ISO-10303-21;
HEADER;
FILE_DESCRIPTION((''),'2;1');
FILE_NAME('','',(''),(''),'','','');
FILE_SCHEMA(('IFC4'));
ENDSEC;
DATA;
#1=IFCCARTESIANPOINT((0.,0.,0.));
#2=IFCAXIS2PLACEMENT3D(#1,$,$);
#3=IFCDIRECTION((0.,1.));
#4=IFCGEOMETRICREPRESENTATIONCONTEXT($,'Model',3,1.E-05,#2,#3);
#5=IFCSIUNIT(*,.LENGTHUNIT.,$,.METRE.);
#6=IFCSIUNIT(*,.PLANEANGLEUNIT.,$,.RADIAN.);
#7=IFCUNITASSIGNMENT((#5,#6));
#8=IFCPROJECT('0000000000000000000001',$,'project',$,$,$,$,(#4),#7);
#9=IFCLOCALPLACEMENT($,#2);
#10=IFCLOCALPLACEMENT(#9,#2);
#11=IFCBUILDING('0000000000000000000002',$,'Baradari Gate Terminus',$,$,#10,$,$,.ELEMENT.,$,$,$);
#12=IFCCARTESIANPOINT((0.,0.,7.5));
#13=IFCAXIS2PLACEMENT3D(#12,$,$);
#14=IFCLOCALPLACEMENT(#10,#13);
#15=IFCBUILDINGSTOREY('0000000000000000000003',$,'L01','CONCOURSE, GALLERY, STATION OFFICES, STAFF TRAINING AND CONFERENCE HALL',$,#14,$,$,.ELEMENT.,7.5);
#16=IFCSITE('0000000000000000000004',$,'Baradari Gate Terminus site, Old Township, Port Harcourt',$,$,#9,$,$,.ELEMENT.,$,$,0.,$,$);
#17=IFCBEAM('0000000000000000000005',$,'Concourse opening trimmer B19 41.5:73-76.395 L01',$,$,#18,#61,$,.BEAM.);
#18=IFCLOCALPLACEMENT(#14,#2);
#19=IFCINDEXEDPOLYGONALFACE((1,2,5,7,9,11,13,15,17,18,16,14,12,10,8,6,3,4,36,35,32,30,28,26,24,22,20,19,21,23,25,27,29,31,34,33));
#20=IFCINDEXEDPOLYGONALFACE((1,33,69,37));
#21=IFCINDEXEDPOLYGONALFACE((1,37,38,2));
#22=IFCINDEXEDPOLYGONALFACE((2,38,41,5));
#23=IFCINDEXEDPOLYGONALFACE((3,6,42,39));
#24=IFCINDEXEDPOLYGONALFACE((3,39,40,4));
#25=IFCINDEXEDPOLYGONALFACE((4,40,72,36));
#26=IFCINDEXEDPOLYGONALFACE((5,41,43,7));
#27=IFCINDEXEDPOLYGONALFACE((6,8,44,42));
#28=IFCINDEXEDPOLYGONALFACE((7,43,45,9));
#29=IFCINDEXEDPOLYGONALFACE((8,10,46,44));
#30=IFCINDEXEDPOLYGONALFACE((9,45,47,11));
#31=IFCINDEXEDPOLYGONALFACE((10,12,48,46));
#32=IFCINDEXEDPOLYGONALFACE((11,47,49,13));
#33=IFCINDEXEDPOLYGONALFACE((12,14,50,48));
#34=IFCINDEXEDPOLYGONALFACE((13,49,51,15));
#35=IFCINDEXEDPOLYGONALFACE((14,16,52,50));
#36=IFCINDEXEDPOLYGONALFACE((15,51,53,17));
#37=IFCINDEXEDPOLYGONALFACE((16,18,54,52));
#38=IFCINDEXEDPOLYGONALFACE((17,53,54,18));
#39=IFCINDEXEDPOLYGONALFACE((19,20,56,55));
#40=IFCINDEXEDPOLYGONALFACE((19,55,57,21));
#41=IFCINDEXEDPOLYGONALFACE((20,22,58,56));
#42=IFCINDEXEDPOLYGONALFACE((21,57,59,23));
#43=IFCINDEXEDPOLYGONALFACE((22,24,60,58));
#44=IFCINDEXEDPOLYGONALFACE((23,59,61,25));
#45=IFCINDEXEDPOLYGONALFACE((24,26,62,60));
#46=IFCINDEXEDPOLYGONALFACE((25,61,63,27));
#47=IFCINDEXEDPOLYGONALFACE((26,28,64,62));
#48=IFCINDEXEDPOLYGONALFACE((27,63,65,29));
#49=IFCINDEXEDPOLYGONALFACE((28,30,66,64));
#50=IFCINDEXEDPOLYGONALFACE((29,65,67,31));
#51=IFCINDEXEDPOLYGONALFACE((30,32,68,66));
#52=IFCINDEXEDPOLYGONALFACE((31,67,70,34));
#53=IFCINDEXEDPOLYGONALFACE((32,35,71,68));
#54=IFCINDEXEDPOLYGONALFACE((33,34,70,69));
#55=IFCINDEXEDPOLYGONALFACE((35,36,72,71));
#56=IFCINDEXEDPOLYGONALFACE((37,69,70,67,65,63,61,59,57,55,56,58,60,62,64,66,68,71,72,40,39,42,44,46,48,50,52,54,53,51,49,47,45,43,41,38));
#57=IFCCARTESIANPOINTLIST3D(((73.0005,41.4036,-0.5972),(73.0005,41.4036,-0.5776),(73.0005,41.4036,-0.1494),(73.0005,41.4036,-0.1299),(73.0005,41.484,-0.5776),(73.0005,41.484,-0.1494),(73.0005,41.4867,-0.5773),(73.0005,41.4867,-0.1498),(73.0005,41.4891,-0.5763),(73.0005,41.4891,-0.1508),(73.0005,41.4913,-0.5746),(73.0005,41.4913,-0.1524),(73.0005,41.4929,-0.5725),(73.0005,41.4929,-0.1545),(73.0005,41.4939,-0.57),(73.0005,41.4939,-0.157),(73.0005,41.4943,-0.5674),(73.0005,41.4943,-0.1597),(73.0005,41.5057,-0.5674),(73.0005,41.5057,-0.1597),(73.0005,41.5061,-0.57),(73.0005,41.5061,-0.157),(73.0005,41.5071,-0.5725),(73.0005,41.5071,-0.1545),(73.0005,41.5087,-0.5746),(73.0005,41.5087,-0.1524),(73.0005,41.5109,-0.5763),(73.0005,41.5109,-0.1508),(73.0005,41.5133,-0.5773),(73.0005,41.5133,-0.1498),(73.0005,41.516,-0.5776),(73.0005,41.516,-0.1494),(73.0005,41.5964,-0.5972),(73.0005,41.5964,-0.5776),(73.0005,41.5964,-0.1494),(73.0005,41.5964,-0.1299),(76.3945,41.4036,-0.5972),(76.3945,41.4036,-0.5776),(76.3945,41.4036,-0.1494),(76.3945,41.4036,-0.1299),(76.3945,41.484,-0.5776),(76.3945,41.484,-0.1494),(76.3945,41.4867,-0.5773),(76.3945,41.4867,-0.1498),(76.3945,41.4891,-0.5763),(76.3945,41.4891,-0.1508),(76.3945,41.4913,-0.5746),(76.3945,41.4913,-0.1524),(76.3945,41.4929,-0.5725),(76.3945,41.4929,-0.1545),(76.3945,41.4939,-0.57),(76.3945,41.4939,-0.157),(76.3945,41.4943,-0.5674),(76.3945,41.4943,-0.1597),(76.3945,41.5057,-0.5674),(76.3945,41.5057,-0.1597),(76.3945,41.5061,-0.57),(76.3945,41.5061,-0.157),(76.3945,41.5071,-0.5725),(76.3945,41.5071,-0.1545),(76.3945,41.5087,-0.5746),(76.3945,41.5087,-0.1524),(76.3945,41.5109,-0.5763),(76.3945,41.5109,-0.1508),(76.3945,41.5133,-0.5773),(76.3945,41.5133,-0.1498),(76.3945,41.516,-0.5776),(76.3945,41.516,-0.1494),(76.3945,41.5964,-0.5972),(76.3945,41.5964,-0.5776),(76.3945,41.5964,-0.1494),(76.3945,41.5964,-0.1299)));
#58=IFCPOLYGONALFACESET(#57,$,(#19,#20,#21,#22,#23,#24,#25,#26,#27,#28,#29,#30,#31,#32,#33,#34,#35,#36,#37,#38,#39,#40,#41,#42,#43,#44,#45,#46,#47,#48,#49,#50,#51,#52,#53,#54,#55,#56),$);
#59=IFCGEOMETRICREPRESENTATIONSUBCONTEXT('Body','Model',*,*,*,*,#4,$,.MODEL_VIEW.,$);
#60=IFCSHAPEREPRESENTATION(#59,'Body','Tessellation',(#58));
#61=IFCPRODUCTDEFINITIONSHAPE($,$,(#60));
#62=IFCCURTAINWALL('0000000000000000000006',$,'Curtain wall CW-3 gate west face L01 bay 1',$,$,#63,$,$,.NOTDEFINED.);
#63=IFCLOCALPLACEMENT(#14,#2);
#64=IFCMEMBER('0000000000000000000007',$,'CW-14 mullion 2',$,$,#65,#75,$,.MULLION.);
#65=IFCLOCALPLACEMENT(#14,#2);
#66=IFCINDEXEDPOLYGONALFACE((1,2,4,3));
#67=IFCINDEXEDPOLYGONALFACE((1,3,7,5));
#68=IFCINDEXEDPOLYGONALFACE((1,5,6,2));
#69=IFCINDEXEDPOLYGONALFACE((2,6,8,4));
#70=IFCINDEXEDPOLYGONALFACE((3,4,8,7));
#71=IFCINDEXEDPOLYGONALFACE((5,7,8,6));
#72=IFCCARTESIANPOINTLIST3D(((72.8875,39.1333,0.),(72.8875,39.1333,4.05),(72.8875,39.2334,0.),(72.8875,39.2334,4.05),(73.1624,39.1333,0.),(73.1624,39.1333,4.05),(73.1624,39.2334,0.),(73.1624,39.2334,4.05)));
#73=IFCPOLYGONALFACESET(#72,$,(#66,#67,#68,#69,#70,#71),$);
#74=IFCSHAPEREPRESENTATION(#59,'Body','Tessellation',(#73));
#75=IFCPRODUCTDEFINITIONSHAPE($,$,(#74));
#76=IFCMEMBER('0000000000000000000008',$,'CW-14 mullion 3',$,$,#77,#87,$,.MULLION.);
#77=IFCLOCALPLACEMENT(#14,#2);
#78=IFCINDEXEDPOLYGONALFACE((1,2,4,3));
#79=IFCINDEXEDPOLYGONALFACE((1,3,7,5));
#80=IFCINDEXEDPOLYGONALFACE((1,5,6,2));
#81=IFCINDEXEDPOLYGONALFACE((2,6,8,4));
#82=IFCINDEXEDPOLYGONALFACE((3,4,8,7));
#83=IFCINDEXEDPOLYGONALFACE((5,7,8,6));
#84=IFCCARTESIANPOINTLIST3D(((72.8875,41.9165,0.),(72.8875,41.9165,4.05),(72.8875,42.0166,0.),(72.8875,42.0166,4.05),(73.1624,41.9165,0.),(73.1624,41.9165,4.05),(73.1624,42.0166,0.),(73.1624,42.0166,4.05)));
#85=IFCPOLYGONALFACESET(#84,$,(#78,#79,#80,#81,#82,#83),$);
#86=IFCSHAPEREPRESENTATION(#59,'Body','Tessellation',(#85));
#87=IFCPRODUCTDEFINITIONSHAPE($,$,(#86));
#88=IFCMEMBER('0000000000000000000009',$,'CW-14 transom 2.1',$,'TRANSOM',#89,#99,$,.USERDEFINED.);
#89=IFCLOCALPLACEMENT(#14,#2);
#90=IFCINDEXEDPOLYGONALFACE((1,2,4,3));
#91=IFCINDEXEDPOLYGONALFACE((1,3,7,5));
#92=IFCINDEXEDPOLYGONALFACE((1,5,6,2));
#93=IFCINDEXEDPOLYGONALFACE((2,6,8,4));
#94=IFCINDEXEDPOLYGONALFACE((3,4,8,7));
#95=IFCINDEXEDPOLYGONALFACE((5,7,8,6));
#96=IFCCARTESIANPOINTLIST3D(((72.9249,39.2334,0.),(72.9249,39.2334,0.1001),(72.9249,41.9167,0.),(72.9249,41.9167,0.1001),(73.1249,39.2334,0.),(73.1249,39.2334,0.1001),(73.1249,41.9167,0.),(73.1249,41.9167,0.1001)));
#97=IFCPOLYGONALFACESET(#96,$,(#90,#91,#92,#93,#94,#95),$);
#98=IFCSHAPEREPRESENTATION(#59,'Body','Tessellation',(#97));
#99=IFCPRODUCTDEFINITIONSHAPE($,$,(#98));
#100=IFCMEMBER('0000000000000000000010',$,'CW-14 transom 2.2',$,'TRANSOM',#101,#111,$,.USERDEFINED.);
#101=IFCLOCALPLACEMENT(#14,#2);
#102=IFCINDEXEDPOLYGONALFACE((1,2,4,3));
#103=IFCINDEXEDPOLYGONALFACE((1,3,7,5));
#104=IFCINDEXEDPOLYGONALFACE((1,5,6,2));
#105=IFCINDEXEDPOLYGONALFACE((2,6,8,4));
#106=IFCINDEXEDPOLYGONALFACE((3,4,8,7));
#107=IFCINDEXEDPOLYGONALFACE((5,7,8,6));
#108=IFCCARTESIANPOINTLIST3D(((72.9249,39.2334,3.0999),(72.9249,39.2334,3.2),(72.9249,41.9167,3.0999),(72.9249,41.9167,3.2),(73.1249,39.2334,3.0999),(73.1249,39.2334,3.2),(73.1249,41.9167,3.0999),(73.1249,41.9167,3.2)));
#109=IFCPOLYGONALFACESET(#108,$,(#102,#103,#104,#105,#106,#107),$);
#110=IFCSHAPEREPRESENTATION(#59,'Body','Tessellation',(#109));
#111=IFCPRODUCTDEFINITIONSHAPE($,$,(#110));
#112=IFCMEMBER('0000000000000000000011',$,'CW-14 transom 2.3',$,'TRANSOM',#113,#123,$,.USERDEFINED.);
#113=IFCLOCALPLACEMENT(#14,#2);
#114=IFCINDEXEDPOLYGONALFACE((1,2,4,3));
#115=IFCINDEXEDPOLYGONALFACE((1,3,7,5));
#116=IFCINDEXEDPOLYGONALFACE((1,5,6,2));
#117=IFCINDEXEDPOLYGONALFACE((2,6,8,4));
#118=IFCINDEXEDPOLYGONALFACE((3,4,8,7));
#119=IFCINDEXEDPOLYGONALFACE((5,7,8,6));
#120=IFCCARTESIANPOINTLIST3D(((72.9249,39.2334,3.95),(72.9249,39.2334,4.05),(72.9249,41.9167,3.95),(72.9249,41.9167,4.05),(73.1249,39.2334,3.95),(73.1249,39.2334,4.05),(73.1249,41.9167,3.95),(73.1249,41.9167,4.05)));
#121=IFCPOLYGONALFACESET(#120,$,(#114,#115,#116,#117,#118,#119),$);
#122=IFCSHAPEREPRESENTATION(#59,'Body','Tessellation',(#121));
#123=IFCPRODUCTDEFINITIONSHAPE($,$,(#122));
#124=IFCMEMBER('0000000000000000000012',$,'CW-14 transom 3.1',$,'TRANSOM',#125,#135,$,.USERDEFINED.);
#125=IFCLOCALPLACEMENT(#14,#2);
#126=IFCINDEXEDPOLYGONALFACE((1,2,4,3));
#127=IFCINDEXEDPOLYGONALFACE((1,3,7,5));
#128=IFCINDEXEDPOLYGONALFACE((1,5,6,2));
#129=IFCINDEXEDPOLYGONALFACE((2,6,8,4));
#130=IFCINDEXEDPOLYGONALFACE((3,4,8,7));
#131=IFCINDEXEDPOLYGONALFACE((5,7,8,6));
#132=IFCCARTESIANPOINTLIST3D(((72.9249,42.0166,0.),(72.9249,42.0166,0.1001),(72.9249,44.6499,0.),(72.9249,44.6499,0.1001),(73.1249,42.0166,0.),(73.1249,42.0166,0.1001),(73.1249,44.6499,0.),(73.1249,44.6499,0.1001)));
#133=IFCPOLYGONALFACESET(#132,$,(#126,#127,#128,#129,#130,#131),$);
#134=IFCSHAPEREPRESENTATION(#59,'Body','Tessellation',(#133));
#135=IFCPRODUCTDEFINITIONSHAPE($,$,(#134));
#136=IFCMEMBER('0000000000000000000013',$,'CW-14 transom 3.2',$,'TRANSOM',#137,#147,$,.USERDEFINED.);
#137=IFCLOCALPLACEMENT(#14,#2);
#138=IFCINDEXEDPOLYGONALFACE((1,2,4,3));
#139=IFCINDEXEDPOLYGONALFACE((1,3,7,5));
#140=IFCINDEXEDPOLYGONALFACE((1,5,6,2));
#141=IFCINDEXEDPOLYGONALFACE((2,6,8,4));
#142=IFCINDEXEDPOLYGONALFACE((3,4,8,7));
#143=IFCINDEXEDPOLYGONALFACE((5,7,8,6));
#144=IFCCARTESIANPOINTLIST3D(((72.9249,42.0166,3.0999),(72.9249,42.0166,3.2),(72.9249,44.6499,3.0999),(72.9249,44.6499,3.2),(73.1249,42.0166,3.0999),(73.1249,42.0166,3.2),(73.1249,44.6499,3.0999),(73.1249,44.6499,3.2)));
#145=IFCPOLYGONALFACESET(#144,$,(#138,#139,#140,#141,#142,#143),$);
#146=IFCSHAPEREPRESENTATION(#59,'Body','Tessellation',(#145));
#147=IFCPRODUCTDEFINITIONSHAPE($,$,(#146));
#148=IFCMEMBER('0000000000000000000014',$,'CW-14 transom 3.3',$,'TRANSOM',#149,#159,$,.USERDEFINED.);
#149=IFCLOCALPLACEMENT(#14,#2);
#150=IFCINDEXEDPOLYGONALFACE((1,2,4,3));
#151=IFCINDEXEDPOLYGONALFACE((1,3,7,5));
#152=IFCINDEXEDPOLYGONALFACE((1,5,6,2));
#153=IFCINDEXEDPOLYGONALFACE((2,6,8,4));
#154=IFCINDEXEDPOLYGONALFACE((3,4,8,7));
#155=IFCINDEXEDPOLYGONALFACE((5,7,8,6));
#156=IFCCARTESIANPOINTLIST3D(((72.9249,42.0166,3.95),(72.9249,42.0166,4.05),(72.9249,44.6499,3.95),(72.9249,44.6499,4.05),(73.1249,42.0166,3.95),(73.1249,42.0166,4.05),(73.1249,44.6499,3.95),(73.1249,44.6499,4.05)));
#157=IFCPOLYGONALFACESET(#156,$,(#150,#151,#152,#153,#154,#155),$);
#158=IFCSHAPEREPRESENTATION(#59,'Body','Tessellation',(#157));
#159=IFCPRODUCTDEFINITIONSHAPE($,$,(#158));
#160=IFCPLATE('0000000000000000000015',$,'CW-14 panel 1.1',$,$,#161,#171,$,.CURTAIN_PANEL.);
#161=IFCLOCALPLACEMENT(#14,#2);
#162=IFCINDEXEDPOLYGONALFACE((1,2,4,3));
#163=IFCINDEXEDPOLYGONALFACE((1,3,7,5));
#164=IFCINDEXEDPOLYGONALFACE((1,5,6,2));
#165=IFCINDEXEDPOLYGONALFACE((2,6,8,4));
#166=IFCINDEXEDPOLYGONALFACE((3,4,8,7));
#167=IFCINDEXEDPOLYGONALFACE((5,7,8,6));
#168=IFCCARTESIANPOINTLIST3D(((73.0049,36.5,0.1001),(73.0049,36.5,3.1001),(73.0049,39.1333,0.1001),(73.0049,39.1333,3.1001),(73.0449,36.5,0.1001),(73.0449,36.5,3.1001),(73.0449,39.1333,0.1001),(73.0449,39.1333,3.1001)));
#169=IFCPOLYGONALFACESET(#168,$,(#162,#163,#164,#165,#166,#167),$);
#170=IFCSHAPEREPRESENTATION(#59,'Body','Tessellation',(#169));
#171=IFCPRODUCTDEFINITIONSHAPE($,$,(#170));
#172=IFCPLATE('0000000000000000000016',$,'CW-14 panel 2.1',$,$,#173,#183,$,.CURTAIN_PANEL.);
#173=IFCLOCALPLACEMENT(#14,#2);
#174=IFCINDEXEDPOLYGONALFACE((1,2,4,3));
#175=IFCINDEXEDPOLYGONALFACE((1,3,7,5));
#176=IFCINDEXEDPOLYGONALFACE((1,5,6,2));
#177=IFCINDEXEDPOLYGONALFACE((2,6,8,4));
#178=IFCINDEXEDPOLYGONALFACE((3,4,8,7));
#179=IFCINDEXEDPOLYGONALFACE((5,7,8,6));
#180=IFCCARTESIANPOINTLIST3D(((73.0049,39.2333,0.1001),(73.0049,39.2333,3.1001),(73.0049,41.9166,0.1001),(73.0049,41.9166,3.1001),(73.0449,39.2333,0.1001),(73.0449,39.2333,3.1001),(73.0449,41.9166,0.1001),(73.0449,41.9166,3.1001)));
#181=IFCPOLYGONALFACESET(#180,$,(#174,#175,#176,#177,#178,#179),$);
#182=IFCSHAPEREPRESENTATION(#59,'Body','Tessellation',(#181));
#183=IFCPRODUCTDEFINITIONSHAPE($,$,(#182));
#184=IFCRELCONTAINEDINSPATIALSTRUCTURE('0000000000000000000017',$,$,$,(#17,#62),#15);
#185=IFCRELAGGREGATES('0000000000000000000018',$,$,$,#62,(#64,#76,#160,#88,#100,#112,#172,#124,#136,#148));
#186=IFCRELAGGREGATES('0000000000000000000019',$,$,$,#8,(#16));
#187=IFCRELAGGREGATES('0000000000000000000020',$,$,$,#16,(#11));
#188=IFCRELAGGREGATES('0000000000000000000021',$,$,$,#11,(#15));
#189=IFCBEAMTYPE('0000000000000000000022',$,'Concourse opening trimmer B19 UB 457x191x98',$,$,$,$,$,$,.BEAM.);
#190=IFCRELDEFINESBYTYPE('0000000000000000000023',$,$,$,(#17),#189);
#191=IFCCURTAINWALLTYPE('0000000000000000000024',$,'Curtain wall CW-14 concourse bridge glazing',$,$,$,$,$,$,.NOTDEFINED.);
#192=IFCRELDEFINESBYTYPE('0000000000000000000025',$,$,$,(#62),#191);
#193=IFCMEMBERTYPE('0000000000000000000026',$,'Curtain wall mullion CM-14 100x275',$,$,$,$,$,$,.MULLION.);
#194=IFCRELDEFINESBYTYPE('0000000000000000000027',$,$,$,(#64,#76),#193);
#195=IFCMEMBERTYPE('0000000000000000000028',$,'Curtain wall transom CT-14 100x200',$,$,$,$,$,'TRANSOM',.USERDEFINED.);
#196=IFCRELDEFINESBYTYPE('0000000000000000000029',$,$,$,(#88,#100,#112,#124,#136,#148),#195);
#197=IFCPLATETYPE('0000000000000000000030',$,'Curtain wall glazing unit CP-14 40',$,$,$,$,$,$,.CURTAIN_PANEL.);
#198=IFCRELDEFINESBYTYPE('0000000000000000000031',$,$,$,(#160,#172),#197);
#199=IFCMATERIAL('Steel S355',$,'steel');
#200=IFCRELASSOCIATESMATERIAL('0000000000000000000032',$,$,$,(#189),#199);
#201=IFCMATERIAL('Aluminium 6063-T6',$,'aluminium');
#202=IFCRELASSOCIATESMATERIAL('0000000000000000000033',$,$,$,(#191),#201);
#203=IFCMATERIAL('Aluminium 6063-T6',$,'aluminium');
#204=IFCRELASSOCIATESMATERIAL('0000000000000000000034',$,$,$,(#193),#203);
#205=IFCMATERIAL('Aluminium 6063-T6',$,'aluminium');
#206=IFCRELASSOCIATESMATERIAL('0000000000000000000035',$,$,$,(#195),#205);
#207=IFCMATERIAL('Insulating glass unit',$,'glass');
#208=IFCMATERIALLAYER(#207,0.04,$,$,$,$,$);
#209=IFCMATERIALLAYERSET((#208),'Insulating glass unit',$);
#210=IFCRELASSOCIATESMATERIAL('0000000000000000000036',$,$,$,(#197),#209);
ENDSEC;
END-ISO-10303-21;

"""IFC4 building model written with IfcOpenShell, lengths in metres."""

from ifc_helpers import new_model, si_unit, direction, frame, origin, origin_2d, place, context, subcontext, project, spatial, rectangle, i_section, extrude, material, layer, layer_set, material_profile, profile_set, type_object, element, aggregate, save


model = new_model("IFC4")

# Units and contexts
model_context = context("Model", 3, precision=1e-05, world=origin(), true_north=direction((0.0, 1.0)))
body_context = subcontext(model_context, "Body", "Model", "MODEL_VIEW")
ifc_project = project(units=[si_unit("LENGTHUNIT", "METRE"), si_unit("PLANEANGLEUNIT", "RADIAN")], contexts=[model_context])

# Site, building, storey
site_placement = place(None, origin())
site = spatial("IfcSite", under=ifc_project, at=site_placement, Name="Baradari Gate Terminus site, Old Township, Port Harcourt", CompositionType="ELEMENT", RefElevation=0.0)
building_placement = place(site_placement, origin())
building = spatial("IfcBuilding", under=site, at=building_placement, Name="Baradari Gate Terminus", CompositionType="ELEMENT")
storey_placement = place(building_placement, frame((0.0, 0.0, 7.5)))
storey = spatial("IfcBuildingStorey", under=building, at=storey_placement, Name="L01", Description="CONCOURSE, GALLERY, STATION OFFICES, STAFF TRAINING AND CONFERENCE HALL", CompositionType="ELEMENT", Elevation=7.5)

# Beam
ifc_material_1 = material(Name="Steel S355", Category="steel")
ifc_material_profile_1 = material_profile(ifc_material_1, i_section(OverallWidth=0.1929, OverallDepth=0.4673, WebThickness=0.0115, FlangeThickness=0.0195, FilletRadius=0.0103, at=origin_2d()), Name="UB 457x191x98")
ifc_profile_set_1 = profile_set([ifc_material_profile_1], Name="Steel S355")
beam_type = type_object("IfcBeamType", Name="Concourse opening trimmer B19 UB 457x191x98", PredefinedType="BEAM", material=ifc_profile_set_1)
beam_placement = place(storey_placement, frame((73.0005, 41.5, -0.3635), z_axis=(1.0, 0.0, 0.0), x_axis=(0.0, 1.0, 0.0)))
element("IfcBeam", 1, at=beam_placement, inside=storey, type_object=beam_type, Name="Concourse opening trimmer B19 41.5:73-76.395 L01", PredefinedType="BEAM", context=body_context, shape_type="SweptSolid", body=[
    extrude(i_section(OverallWidth=0.1929, OverallDepth=0.4673, WebThickness=0.0115, FlangeThickness=0.0195, FilletRadius=0.0103, at=origin_2d()), origin(), (0.0, 0.0, 1.0), 3.394),
])

# Curtain wall, members, plates
ifc_material_2 = material(Name="Aluminium 6063-T6", Category="aluminium")
curtain_wall_type = type_object("IfcCurtainWallType", Name="Curtain wall CW-14 concourse bridge glazing", PredefinedType="NOTDEFINED", material=ifc_material_2)
curtain_wall_placement = place(storey_placement, origin())
curtain_wall = element("IfcCurtainWall", 2, at=curtain_wall_placement, inside=storey, type_object=curtain_wall_type, Name="Curtain wall CW-3 gate west face L01 bay 1", PredefinedType="NOTDEFINED")
ifc_material_3 = material(Name="Aluminium 6063-T6", Category="aluminium")
ifc_material_profile_2 = material_profile(ifc_material_3, rectangle(XDim=0.2749, YDim=0.1001, at=origin_2d()), Name="CM-14 100X275")
ifc_profile_set_2 = profile_set([ifc_material_profile_2], Name="Aluminium 6063-T6")
member_type_1 = type_object("IfcMemberType", Name="Curtain wall mullion CM-14 100x275", PredefinedType="MULLION", material=ifc_profile_set_2)
member_1_placement = place(storey_placement, frame((73.0249, 39.1833, 0.0), z_axis=(0.0, 0.0, 1.0), x_axis=(-1.0, 0.0, 0.0)))
member_1 = element("IfcMember", 3, at=member_1_placement, type_object=member_type_1, Name="CW-14 mullion 2", PredefinedType="MULLION", context=body_context, shape_type="SweptSolid", body=[
    extrude(rectangle(XDim=0.2749, YDim=0.1001, at=origin_2d()), origin(), (0.0, 0.0, 1.0), 4.05),
])
member_2_placement = place(storey_placement, frame((73.0249, 41.9666, 0.0), z_axis=(0.0, 0.0, 1.0), x_axis=(-1.0, 0.0, 0.0)))
member_2 = element("IfcMember", 4, at=member_2_placement, type_object=member_type_1, Name="CW-14 mullion 3", PredefinedType="MULLION", context=body_context, shape_type="SweptSolid", body=[
    extrude(rectangle(XDim=0.2749, YDim=0.1001, at=origin_2d()), origin(), (0.0, 0.0, 1.0), 4.05),
])
ifc_material_4 = material(Name="Aluminium 6063-T6", Category="aluminium")
ifc_material_profile_3 = material_profile(ifc_material_4, rectangle(XDim=0.2, YDim=0.1001, at=origin_2d()), Name="CT-14 100X200")
ifc_profile_set_3 = profile_set([ifc_material_profile_3], Name="Aluminium 6063-T6")
member_type_2 = type_object("IfcMemberType", Name="Curtain wall transom CT-14 100x200", ElementType="TRANSOM", PredefinedType="USERDEFINED", material=ifc_profile_set_3)
member_3_placement = place(storey_placement, frame((73.0249, 39.2334, 0.05), z_axis=(0.0, 1.0, 0.0), x_axis=(-1.0, 0.0, 0.0)))
member_3 = element("IfcMember", 5, at=member_3_placement, type_object=member_type_2, Name="CW-14 transom 2.1", ObjectType="TRANSOM", PredefinedType="USERDEFINED", context=body_context, shape_type="SweptSolid", body=[
    extrude(rectangle(XDim=0.2, YDim=0.1001, at=origin_2d()), origin(), (0.0, 0.0, 1.0), 2.6833),
])
member_4_placement = place(storey_placement, frame((73.0249, 39.2334, 3.1499), z_axis=(0.0, 1.0, 0.0), x_axis=(-1.0, 0.0, 0.0)))
member_4 = element("IfcMember", 6, at=member_4_placement, type_object=member_type_2, Name="CW-14 transom 2.2", ObjectType="TRANSOM", PredefinedType="USERDEFINED", context=body_context, shape_type="SweptSolid", body=[
    extrude(rectangle(XDim=0.2, YDim=0.1001, at=origin_2d()), origin(), (0.0, 0.0, 1.0), 2.6833),
])
member_5_placement = place(storey_placement, frame((73.0249, 39.2334, 4.0), z_axis=(0.0, 1.0, 0.0), x_axis=(-1.0, 0.0, 0.0)))
member_5 = element("IfcMember", 7, at=member_5_placement, type_object=member_type_2, Name="CW-14 transom 2.3", ObjectType="TRANSOM", PredefinedType="USERDEFINED", context=body_context, shape_type="SweptSolid", body=[
    extrude(rectangle(XDim=0.2, YDim=0.1001, at=origin_2d()), origin(), (0.0, 0.0, 1.0), 2.6833),
])
member_6_placement = place(storey_placement, frame((73.0249, 42.0166, 0.05), z_axis=(0.0, 1.0, 0.0), x_axis=(-1.0, 0.0, 0.0)))
member_6 = element("IfcMember", 8, at=member_6_placement, type_object=member_type_2, Name="CW-14 transom 3.1", ObjectType="TRANSOM", PredefinedType="USERDEFINED", context=body_context, shape_type="SweptSolid", body=[
    extrude(rectangle(XDim=0.2, YDim=0.1001, at=origin_2d()), origin(), (0.0, 0.0, 1.0), 2.6333),
])
member_7_placement = place(storey_placement, frame((73.0249, 42.0166, 3.1499), z_axis=(0.0, 1.0, 0.0), x_axis=(-1.0, 0.0, 0.0)))
member_7 = element("IfcMember", 9, at=member_7_placement, type_object=member_type_2, Name="CW-14 transom 3.2", ObjectType="TRANSOM", PredefinedType="USERDEFINED", context=body_context, shape_type="SweptSolid", body=[
    extrude(rectangle(XDim=0.2, YDim=0.1001, at=origin_2d()), origin(), (0.0, 0.0, 1.0), 2.6333),
])
member_8_placement = place(storey_placement, frame((73.0249, 42.0166, 4.0), z_axis=(0.0, 1.0, 0.0), x_axis=(-1.0, 0.0, 0.0)))
member_8 = element("IfcMember", 10, at=member_8_placement, type_object=member_type_2, Name="CW-14 transom 3.3", ObjectType="TRANSOM", PredefinedType="USERDEFINED", context=body_context, shape_type="SweptSolid", body=[
    extrude(rectangle(XDim=0.2, YDim=0.1001, at=origin_2d()), origin(), (0.0, 0.0, 1.0), 2.6333),
])
ifc_material_5 = material(Name="Insulating glass unit", Category="glass")
ifc_layer_1 = layer(ifc_material_5, 0.04)
ifc_layer_set_1 = layer_set([ifc_layer_1], Name="Insulating glass unit")
plate_type_1 = type_object("IfcPlateType", Name="Curtain wall glazing unit CP-14 40", PredefinedType="CURTAIN_PANEL", material=ifc_layer_set_1)
plate_1_placement = place(storey_placement, frame((73.0249, 37.8167, 0.1001), z_axis=(0.0, 0.0, 1.0), x_axis=(0.0, 1.0, 0.0)))
plate_1 = element("IfcPlate", 11, at=plate_1_placement, type_object=plate_type_1, Name="CW-14 panel 1.1", PredefinedType="CURTAIN_PANEL", context=body_context, shape_type="SweptSolid", body=[
    extrude(rectangle(XDim=2.6333, YDim=0.04, at=origin_2d()), origin(), (0.0, 0.0, 1.0), 3.0),
])
plate_2_placement = place(storey_placement, frame((73.0249, 40.575, 0.1001), z_axis=(0.0, 0.0, 1.0), x_axis=(0.0, 1.0, 0.0)))
plate_2 = element("IfcPlate", 12, at=plate_2_placement, type_object=plate_type_1, Name="CW-14 panel 2.1", PredefinedType="CURTAIN_PANEL", context=body_context, shape_type="SweptSolid", body=[
    extrude(rectangle(XDim=2.6833, YDim=0.04, at=origin_2d()), origin(), (0.0, 0.0, 1.0), 3.0),
])
aggregate(curtain_wall, [member_1, member_2, plate_1, member_3, member_4, member_5, plate_2, member_6, member_7, member_8])

save(model, "model.ifc")
